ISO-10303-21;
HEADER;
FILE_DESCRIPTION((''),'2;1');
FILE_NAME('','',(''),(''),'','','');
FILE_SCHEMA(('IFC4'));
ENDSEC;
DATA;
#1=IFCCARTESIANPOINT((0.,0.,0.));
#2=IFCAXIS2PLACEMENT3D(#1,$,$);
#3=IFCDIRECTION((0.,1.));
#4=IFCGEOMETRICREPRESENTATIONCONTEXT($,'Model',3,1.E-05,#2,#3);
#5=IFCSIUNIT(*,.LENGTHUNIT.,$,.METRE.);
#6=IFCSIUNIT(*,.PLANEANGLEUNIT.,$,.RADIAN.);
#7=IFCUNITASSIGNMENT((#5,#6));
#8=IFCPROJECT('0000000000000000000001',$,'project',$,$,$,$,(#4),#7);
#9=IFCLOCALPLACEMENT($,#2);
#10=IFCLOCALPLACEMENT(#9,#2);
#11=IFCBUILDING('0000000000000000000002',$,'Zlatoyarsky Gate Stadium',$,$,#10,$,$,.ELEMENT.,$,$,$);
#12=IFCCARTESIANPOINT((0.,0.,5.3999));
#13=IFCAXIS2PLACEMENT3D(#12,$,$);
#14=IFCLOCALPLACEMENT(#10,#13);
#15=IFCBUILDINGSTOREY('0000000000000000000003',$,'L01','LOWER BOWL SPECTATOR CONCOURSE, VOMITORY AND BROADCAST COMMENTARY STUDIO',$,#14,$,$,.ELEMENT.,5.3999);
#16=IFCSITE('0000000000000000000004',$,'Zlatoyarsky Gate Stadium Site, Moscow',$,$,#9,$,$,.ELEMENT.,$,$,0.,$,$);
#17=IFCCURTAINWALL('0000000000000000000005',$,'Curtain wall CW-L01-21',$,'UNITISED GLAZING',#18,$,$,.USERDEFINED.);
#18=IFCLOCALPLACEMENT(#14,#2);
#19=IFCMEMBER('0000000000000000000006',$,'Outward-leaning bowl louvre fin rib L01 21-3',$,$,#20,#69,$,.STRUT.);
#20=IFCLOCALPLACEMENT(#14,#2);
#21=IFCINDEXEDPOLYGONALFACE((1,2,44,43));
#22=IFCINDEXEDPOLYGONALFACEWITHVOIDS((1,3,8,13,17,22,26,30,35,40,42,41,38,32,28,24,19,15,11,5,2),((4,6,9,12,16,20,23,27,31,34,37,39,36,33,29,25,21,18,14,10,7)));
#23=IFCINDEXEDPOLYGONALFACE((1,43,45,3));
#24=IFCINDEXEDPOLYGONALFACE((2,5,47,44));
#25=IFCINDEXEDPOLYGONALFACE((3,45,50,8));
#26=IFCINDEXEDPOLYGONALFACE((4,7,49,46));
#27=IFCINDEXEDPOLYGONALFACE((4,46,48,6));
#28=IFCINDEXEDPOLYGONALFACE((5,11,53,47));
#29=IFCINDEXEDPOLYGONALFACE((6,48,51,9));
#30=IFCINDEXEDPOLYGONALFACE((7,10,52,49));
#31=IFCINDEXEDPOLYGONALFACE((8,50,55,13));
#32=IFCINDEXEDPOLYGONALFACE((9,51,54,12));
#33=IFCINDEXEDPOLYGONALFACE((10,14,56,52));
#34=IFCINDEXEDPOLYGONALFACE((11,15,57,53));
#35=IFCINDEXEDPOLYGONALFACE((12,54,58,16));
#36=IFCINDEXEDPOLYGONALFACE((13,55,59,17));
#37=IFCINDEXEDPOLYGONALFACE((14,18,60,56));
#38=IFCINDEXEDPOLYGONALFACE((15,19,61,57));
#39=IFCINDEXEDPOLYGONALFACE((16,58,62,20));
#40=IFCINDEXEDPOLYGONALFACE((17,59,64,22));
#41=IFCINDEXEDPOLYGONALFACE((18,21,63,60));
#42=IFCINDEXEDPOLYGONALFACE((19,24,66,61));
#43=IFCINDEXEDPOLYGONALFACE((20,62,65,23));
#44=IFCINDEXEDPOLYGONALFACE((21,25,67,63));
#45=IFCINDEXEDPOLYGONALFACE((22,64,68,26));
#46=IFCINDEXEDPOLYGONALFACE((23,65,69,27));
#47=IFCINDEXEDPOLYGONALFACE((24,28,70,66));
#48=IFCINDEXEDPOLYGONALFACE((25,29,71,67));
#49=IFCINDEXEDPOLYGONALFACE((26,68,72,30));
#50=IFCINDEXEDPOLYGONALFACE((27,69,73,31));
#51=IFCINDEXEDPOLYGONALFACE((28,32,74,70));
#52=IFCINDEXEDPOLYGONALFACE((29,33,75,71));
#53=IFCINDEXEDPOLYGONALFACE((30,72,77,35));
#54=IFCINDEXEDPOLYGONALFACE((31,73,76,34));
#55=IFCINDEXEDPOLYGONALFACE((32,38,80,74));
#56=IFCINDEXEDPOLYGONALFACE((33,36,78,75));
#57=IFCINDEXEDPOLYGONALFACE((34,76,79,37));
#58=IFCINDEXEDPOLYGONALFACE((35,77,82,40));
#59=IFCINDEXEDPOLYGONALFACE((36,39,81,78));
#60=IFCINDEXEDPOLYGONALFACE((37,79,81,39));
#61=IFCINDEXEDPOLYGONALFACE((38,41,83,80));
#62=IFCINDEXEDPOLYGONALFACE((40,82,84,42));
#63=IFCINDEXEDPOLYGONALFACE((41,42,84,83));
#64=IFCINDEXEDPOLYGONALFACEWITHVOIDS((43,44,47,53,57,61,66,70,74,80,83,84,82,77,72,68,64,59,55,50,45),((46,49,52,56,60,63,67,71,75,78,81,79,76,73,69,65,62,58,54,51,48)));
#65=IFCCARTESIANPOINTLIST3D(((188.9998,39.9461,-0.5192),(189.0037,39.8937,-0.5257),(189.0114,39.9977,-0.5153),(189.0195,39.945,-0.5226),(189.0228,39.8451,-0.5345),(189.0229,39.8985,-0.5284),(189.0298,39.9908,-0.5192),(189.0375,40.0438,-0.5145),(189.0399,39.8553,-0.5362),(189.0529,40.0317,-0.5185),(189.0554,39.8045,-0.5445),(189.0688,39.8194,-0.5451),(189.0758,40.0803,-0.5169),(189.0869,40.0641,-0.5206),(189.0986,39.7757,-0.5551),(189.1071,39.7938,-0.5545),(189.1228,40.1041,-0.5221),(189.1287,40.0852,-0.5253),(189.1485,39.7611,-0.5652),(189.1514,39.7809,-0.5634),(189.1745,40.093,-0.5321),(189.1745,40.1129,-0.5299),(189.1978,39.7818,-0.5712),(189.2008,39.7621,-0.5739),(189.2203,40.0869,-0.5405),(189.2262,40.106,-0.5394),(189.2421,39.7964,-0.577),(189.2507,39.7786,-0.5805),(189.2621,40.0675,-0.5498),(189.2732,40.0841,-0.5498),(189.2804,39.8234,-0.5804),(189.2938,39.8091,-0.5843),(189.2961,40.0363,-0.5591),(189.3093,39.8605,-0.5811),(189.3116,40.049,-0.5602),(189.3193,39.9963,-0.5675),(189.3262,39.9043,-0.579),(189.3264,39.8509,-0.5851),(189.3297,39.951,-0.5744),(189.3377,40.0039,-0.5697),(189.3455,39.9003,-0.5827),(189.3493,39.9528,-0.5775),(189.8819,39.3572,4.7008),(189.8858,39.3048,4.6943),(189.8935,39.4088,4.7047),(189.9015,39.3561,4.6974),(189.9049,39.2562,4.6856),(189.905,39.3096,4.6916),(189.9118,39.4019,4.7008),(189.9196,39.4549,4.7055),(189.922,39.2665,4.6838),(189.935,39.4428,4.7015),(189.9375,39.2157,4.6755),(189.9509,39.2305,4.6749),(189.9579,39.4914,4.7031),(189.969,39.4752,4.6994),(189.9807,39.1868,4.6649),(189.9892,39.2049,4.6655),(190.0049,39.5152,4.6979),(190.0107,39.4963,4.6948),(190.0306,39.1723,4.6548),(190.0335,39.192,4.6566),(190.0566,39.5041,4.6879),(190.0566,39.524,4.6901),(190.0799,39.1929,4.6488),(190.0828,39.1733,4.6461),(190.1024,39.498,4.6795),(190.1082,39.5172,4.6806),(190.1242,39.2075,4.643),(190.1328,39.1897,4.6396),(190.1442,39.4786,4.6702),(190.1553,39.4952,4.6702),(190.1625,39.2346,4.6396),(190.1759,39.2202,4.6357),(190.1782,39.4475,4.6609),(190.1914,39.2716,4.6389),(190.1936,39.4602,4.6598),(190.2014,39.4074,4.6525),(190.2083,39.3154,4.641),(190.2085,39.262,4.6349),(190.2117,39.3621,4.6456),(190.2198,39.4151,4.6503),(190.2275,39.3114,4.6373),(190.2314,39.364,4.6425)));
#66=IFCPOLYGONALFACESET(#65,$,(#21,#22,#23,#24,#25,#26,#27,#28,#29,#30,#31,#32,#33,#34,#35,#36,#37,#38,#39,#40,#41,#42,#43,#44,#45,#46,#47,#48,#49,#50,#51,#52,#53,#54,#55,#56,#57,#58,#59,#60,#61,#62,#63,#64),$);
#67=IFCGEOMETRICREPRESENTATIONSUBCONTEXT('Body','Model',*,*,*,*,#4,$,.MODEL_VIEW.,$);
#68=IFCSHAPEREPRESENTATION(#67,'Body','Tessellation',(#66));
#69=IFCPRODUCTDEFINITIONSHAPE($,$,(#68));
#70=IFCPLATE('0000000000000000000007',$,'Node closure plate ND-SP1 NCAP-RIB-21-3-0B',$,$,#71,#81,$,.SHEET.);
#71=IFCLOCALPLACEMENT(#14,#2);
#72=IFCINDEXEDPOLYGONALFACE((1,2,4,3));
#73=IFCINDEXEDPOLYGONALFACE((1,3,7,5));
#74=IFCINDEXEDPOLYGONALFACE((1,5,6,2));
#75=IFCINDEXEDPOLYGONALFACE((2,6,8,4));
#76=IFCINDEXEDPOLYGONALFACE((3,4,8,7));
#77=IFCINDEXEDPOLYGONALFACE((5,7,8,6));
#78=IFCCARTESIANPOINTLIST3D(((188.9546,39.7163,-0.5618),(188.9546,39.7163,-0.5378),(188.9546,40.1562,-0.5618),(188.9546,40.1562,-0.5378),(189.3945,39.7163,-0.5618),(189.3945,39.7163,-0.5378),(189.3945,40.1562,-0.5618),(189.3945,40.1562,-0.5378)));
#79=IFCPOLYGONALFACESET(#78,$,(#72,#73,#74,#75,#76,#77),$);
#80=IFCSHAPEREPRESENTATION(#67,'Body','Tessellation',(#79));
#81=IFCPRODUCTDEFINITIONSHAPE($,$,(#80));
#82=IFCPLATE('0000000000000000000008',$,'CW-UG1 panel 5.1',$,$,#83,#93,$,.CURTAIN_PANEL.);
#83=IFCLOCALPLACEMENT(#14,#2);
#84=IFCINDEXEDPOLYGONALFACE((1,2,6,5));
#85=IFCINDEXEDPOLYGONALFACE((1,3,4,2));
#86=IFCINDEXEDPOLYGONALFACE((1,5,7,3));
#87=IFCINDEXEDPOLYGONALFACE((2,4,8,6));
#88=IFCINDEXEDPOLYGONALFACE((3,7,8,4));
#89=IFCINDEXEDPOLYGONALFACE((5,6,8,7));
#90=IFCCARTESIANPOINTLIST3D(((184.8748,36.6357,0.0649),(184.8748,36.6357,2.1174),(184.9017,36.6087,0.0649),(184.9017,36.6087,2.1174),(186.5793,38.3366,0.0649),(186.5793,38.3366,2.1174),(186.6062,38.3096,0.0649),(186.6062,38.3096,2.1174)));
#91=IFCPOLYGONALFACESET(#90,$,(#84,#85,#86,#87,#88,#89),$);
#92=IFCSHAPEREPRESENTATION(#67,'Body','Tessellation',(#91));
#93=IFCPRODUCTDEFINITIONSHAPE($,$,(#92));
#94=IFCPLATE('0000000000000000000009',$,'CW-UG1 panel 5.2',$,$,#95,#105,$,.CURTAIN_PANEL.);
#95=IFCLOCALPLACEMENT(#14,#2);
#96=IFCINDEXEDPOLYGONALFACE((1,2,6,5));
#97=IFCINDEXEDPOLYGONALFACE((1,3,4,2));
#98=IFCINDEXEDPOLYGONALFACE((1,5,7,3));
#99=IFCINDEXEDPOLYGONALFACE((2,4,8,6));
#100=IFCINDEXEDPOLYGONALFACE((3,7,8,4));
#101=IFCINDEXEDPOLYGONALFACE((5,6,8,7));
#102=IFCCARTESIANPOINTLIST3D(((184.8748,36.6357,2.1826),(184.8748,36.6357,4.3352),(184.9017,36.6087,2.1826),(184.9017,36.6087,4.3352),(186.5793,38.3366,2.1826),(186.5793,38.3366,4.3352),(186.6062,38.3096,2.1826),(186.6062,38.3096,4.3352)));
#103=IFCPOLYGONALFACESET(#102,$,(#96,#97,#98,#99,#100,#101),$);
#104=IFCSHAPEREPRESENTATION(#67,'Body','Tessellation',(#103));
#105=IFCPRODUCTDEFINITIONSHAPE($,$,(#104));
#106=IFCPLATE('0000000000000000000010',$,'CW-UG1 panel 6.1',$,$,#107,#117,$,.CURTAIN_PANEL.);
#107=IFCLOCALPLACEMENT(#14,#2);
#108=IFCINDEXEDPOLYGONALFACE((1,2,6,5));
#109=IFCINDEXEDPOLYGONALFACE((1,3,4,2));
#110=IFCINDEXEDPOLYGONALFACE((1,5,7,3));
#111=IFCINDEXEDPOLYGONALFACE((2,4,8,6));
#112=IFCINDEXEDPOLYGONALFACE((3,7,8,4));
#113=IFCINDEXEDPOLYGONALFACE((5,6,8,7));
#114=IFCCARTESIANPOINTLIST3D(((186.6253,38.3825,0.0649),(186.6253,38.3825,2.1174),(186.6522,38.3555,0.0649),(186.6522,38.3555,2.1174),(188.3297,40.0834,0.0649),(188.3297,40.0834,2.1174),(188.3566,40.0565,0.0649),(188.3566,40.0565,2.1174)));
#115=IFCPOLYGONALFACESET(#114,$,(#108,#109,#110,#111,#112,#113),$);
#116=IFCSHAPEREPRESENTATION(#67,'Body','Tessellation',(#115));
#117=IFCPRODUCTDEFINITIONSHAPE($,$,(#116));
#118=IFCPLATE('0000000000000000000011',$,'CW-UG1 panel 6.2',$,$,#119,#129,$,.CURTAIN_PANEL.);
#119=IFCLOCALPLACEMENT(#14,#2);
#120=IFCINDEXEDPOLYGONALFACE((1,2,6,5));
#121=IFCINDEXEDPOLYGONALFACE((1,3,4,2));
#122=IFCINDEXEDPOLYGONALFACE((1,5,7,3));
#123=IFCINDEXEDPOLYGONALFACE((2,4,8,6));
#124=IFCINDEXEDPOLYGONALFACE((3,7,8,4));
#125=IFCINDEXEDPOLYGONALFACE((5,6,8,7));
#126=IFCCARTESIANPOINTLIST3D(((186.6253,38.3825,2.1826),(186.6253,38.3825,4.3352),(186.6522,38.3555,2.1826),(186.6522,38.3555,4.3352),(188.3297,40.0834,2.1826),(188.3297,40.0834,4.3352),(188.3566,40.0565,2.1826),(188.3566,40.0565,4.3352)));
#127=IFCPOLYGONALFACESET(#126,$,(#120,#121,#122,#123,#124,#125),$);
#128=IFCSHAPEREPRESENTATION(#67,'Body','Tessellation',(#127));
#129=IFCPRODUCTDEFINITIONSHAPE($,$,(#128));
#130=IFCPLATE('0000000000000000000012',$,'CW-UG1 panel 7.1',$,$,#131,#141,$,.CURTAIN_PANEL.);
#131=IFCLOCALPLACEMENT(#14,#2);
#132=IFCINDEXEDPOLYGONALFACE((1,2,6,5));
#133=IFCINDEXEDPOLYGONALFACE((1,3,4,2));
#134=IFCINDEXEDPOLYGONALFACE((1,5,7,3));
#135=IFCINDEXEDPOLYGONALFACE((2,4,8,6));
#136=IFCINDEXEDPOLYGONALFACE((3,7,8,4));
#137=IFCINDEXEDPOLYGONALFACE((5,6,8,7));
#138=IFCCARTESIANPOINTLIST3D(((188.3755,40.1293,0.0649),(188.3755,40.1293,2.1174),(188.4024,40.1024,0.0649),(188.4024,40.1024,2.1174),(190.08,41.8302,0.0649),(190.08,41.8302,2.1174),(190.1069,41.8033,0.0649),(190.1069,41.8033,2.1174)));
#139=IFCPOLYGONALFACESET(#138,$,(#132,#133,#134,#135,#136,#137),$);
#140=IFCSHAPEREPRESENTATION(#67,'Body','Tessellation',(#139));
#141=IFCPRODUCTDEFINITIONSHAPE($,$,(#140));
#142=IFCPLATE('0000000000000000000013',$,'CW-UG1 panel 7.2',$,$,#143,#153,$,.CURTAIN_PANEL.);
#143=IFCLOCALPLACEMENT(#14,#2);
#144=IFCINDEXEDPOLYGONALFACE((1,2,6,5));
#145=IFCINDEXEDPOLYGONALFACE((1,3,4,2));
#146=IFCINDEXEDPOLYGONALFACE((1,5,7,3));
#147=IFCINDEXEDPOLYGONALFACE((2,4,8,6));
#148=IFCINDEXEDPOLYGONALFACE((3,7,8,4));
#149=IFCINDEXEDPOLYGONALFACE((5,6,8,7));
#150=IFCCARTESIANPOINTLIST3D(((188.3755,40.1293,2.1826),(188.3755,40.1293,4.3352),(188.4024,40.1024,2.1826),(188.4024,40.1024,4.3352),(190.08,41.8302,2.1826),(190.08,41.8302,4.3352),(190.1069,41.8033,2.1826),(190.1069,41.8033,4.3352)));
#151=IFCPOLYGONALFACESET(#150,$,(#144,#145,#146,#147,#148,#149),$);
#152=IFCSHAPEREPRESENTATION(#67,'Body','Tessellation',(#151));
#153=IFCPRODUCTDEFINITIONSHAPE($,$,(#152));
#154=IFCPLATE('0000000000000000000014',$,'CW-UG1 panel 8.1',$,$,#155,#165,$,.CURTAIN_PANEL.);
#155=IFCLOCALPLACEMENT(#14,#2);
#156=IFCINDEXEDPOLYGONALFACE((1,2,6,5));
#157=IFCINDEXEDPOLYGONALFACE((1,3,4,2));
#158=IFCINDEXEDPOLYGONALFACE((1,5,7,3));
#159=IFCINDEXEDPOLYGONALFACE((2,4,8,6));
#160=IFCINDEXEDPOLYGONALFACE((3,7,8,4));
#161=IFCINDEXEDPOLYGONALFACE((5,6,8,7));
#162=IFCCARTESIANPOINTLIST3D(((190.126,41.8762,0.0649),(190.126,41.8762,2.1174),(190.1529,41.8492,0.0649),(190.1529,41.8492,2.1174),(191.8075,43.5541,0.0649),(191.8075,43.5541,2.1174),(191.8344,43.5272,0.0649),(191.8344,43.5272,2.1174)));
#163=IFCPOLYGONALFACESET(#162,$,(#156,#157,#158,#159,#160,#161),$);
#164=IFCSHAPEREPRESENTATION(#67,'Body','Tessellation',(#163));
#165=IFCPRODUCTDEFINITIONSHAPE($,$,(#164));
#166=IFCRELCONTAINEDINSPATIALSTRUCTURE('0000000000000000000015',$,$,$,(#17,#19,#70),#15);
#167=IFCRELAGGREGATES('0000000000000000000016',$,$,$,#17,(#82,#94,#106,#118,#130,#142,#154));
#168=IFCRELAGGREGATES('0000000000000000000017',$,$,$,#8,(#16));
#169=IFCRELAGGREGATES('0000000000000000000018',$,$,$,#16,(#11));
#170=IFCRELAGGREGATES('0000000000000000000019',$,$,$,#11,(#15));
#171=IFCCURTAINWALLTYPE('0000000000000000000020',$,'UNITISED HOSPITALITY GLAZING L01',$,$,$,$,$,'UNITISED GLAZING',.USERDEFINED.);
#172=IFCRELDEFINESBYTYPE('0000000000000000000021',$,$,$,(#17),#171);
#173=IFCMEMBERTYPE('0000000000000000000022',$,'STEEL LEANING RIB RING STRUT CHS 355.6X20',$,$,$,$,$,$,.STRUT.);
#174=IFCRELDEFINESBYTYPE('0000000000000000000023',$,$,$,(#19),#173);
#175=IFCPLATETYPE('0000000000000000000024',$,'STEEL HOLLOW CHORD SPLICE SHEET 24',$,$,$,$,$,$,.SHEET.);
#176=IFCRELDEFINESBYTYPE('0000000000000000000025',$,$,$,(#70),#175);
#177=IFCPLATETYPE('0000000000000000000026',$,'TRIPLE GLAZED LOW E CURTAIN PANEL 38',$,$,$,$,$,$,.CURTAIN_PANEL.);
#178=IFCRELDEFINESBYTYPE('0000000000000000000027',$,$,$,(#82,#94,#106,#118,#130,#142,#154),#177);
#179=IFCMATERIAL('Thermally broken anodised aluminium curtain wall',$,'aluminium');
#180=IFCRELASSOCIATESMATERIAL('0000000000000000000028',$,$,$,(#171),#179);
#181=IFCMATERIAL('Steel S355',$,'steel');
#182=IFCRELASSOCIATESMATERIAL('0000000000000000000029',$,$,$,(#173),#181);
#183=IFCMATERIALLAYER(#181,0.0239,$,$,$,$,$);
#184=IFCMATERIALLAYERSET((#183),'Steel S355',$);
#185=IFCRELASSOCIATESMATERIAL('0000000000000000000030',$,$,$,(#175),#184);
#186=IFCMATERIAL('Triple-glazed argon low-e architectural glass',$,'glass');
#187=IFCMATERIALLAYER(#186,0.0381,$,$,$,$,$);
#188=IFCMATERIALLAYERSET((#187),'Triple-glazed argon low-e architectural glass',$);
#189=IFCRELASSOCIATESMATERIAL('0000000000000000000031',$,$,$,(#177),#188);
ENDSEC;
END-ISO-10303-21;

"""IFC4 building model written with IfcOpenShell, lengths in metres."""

from ifc_helpers import new_model, si_unit, direction, frame, origin, origin_2d, place, context, subcontext, project, spatial, rectangle, hollow_circle, extrude, material, layer, layer_set, material_profile, profile_set, type_object, element, aggregate, save


model = new_model("IFC4")

# Units and contexts
model_context = context("Model", 3, precision=1e-05, world=origin(), true_north=direction((0.0, 1.0)))
body_context = subcontext(model_context, "Body", "Model", "MODEL_VIEW")
ifc_project = project(units=[si_unit("LENGTHUNIT", "METRE"), si_unit("PLANEANGLEUNIT", "RADIAN")], contexts=[model_context])

# Site, building, storey
site_placement = place(None, origin())
site = spatial("IfcSite", under=ifc_project, at=site_placement, Name="Zlatoyarsky Gate Stadium Site, Moscow", CompositionType="ELEMENT", RefElevation=0.0)
building_placement = place(site_placement, origin())
building = spatial("IfcBuilding", under=site, at=building_placement, Name="Zlatoyarsky Gate Stadium", CompositionType="ELEMENT")
storey_placement = place(building_placement, frame((0.0, 0.0, 5.3999)))
storey = spatial("IfcBuildingStorey", under=building, at=storey_placement, Name="L01", Description="LOWER BOWL SPECTATOR CONCOURSE, VOMITORY AND BROADCAST COMMENTARY STUDIO", CompositionType="ELEMENT", Elevation=5.3999)

# Curtain wall
ifc_material_1 = material(Name="Thermally broken anodised aluminium curtain wall", Category="aluminium")
curtain_wall_type = type_object("IfcCurtainWallType", Name="UNITISED HOSPITALITY GLAZING L01", ElementType="UNITISED GLAZING", PredefinedType="USERDEFINED", material=ifc_material_1)
curtain_wall_placement = place(storey_placement, origin())
curtain_wall = element("IfcCurtainWall", 1, at=curtain_wall_placement, inside=storey, type_object=curtain_wall_type, Name="Curtain wall CW-L01-21", ObjectType="UNITISED GLAZING", PredefinedType="USERDEFINED")

# Member
ifc_material_2 = material(Name="Steel S355", Category="steel")
ifc_material_profile_1 = material_profile(ifc_material_2, hollow_circle(Radius=0.1777, WallThickness=0.02, at=origin_2d()), Name="CHS 355.6X20")
ifc_profile_set_1 = profile_set([ifc_material_profile_1], Name="Steel S355")
member_type_1 = type_object("IfcMemberType", Name="STEEL LEANING RIB RING STRUT CHS 355.6X20", PredefinedType="STRUT", material=ifc_profile_set_1)
member_1_placement = place(storey_placement, frame((189.1746, 39.9363, -0.5498), z_axis=(0.165598, -0.110552, 0.979977), x_axis=(0.555231, 0.831696, 0.0)))
element("IfcMember", 2, at=member_1_placement, inside=storey, type_object=member_type_1, Name="Outward-leaning bowl louvre fin rib L01 21-3", PredefinedType="STRUT", context=body_context, shape_type="SweptSolid", body=[
    extrude(hollow_circle(Radius=0.1777, WallThickness=0.02, at=origin_2d()), origin(), (0.0, 0.0, 1.0), 5.3267),
])

# Plates
ifc_layer_1 = layer(ifc_material_2, 0.0239)
ifc_layer_set_1 = layer_set([ifc_layer_1], Name="Steel S355")
plate_type_1 = type_object("IfcPlateType", Name="STEEL HOLLOW CHORD SPLICE SHEET 24", PredefinedType="SHEET", material=ifc_layer_set_1)
plate_1_placement = place(storey_placement, frame((189.1746, 39.9363, -0.5618), z_axis=(0.0, 0.0, 1.0), x_axis=(1.0, 0.0, 0.0)))
element("IfcPlate", 3, at=plate_1_placement, inside=storey, type_object=plate_type_1, Name="Node closure plate ND-SP1 NCAP-RIB-21-3-0B", PredefinedType="SHEET", context=body_context, shape_type="SweptSolid", body=[
    extrude(rectangle(XDim=0.4399, YDim=0.4399, at=origin_2d()), origin(), (0.0, 0.0, 1.0), 0.0239),
])
ifc_material_3 = material(Name="Triple-glazed argon low-e architectural glass", Category="glass")
ifc_layer_2 = layer(ifc_material_3, 0.0381)
ifc_layer_set_2 = layer_set([ifc_layer_2], Name="Triple-glazed argon low-e architectural glass")
plate_type_2 = type_object("IfcPlateType", Name="TRIPLE GLAZED LOW E CURTAIN PANEL 38", PredefinedType="CURTAIN_PANEL", material=ifc_layer_set_2)
plate_2_placement = place(storey_placement, frame((185.7405, 37.4727, 0.0649), z_axis=(0.0, 0.0, 1.0), x_axis=(0.707842, 0.706371, 0.0)))
plate_2 = element("IfcPlate", 4, at=plate_2_placement, type_object=plate_type_2, Name="CW-UG1 panel 5.1", PredefinedType="CURTAIN_PANEL", context=body_context, shape_type="SweptSolid", body=[
    extrude(rectangle(XDim=2.408, YDim=0.0381, at=origin_2d()), origin(), (0.0, 0.0, 1.0), 2.0525),
])
plate_3_placement = place(storey_placement, frame((185.7405, 37.4727, 2.1826), z_axis=(0.0, 0.0, 1.0), x_axis=(0.707842, 0.706371, 0.0)))
plate_3 = element("IfcPlate", 5, at=plate_3_placement, type_object=plate_type_2, Name="CW-UG1 panel 5.2", PredefinedType="CURTAIN_PANEL", context=body_context, shape_type="SweptSolid", body=[
    extrude(rectangle(XDim=2.408, YDim=0.0381, at=origin_2d()), origin(), (0.0, 0.0, 1.0), 2.1526),
])
plate_4_placement = place(storey_placement, frame((187.491, 39.2195, 0.0649), z_axis=(0.0, 0.0, 1.0), x_axis=(0.707842, 0.706371, 0.0)))
plate_4 = element("IfcPlate", 6, at=plate_4_placement, type_object=plate_type_2, Name="CW-UG1 panel 6.1", PredefinedType="CURTAIN_PANEL", context=body_context, shape_type="SweptSolid", body=[
    extrude(rectangle(XDim=2.408, YDim=0.0381, at=origin_2d()), origin(), (0.0, 0.0, 1.0), 2.0525),
])
plate_5_placement = place(storey_placement, frame((187.491, 39.2195, 2.1826), z_axis=(0.0, 0.0, 1.0), x_axis=(0.707842, 0.706371, 0.0)))
plate_5 = element("IfcPlate", 7, at=plate_5_placement, type_object=plate_type_2, Name="CW-UG1 panel 6.2", PredefinedType="CURTAIN_PANEL", context=body_context, shape_type="SweptSolid", body=[
    extrude(rectangle(XDim=2.408, YDim=0.0381, at=origin_2d()), origin(), (0.0, 0.0, 1.0), 2.1526),
])
plate_6_placement = place(storey_placement, frame((189.2412, 40.9663, 0.0649), z_axis=(0.0, 0.0, 1.0), x_axis=(0.707842, 0.706371, 0.0)))
plate_6 = element("IfcPlate", 8, at=plate_6_placement, type_object=plate_type_2, Name="CW-UG1 panel 7.1", PredefinedType="CURTAIN_PANEL", context=body_context, shape_type="SweptSolid", body=[
    extrude(rectangle(XDim=2.408, YDim=0.0381, at=origin_2d()), origin(), (0.0, 0.0, 1.0), 2.0525),
])
plate_7_placement = place(storey_placement, frame((189.2412, 40.9663, 2.1826), z_axis=(0.0, 0.0, 1.0), x_axis=(0.707842, 0.706371, 0.0)))
plate_7 = element("IfcPlate", 9, at=plate_7_placement, type_object=plate_type_2, Name="CW-UG1 panel 7.2", PredefinedType="CURTAIN_PANEL", context=body_context, shape_type="SweptSolid", body=[
    extrude(rectangle(XDim=2.408, YDim=0.0381, at=origin_2d()), origin(), (0.0, 0.0, 1.0), 2.1526),
])
plate_8_placement = place(storey_placement, frame((190.9802, 42.7017, 0.0649), z_axis=(0.0, 0.0, 1.0), x_axis=(0.707842, 0.706371, 0.0)))
plate_8 = element("IfcPlate", 10, at=plate_8_placement, type_object=plate_type_2, Name="CW-UG1 panel 8.1", PredefinedType="CURTAIN_PANEL", context=body_context, shape_type="SweptSolid", body=[
    extrude(rectangle(XDim=2.3755, YDim=0.0381, at=origin_2d()), origin(), (0.0, 0.0, 1.0), 2.0525),
])
aggregate(curtain_wall, [plate_2, plate_3, plate_4, plate_5, plate_6, plate_7, plate_8])

save(model, "model.ifc")
